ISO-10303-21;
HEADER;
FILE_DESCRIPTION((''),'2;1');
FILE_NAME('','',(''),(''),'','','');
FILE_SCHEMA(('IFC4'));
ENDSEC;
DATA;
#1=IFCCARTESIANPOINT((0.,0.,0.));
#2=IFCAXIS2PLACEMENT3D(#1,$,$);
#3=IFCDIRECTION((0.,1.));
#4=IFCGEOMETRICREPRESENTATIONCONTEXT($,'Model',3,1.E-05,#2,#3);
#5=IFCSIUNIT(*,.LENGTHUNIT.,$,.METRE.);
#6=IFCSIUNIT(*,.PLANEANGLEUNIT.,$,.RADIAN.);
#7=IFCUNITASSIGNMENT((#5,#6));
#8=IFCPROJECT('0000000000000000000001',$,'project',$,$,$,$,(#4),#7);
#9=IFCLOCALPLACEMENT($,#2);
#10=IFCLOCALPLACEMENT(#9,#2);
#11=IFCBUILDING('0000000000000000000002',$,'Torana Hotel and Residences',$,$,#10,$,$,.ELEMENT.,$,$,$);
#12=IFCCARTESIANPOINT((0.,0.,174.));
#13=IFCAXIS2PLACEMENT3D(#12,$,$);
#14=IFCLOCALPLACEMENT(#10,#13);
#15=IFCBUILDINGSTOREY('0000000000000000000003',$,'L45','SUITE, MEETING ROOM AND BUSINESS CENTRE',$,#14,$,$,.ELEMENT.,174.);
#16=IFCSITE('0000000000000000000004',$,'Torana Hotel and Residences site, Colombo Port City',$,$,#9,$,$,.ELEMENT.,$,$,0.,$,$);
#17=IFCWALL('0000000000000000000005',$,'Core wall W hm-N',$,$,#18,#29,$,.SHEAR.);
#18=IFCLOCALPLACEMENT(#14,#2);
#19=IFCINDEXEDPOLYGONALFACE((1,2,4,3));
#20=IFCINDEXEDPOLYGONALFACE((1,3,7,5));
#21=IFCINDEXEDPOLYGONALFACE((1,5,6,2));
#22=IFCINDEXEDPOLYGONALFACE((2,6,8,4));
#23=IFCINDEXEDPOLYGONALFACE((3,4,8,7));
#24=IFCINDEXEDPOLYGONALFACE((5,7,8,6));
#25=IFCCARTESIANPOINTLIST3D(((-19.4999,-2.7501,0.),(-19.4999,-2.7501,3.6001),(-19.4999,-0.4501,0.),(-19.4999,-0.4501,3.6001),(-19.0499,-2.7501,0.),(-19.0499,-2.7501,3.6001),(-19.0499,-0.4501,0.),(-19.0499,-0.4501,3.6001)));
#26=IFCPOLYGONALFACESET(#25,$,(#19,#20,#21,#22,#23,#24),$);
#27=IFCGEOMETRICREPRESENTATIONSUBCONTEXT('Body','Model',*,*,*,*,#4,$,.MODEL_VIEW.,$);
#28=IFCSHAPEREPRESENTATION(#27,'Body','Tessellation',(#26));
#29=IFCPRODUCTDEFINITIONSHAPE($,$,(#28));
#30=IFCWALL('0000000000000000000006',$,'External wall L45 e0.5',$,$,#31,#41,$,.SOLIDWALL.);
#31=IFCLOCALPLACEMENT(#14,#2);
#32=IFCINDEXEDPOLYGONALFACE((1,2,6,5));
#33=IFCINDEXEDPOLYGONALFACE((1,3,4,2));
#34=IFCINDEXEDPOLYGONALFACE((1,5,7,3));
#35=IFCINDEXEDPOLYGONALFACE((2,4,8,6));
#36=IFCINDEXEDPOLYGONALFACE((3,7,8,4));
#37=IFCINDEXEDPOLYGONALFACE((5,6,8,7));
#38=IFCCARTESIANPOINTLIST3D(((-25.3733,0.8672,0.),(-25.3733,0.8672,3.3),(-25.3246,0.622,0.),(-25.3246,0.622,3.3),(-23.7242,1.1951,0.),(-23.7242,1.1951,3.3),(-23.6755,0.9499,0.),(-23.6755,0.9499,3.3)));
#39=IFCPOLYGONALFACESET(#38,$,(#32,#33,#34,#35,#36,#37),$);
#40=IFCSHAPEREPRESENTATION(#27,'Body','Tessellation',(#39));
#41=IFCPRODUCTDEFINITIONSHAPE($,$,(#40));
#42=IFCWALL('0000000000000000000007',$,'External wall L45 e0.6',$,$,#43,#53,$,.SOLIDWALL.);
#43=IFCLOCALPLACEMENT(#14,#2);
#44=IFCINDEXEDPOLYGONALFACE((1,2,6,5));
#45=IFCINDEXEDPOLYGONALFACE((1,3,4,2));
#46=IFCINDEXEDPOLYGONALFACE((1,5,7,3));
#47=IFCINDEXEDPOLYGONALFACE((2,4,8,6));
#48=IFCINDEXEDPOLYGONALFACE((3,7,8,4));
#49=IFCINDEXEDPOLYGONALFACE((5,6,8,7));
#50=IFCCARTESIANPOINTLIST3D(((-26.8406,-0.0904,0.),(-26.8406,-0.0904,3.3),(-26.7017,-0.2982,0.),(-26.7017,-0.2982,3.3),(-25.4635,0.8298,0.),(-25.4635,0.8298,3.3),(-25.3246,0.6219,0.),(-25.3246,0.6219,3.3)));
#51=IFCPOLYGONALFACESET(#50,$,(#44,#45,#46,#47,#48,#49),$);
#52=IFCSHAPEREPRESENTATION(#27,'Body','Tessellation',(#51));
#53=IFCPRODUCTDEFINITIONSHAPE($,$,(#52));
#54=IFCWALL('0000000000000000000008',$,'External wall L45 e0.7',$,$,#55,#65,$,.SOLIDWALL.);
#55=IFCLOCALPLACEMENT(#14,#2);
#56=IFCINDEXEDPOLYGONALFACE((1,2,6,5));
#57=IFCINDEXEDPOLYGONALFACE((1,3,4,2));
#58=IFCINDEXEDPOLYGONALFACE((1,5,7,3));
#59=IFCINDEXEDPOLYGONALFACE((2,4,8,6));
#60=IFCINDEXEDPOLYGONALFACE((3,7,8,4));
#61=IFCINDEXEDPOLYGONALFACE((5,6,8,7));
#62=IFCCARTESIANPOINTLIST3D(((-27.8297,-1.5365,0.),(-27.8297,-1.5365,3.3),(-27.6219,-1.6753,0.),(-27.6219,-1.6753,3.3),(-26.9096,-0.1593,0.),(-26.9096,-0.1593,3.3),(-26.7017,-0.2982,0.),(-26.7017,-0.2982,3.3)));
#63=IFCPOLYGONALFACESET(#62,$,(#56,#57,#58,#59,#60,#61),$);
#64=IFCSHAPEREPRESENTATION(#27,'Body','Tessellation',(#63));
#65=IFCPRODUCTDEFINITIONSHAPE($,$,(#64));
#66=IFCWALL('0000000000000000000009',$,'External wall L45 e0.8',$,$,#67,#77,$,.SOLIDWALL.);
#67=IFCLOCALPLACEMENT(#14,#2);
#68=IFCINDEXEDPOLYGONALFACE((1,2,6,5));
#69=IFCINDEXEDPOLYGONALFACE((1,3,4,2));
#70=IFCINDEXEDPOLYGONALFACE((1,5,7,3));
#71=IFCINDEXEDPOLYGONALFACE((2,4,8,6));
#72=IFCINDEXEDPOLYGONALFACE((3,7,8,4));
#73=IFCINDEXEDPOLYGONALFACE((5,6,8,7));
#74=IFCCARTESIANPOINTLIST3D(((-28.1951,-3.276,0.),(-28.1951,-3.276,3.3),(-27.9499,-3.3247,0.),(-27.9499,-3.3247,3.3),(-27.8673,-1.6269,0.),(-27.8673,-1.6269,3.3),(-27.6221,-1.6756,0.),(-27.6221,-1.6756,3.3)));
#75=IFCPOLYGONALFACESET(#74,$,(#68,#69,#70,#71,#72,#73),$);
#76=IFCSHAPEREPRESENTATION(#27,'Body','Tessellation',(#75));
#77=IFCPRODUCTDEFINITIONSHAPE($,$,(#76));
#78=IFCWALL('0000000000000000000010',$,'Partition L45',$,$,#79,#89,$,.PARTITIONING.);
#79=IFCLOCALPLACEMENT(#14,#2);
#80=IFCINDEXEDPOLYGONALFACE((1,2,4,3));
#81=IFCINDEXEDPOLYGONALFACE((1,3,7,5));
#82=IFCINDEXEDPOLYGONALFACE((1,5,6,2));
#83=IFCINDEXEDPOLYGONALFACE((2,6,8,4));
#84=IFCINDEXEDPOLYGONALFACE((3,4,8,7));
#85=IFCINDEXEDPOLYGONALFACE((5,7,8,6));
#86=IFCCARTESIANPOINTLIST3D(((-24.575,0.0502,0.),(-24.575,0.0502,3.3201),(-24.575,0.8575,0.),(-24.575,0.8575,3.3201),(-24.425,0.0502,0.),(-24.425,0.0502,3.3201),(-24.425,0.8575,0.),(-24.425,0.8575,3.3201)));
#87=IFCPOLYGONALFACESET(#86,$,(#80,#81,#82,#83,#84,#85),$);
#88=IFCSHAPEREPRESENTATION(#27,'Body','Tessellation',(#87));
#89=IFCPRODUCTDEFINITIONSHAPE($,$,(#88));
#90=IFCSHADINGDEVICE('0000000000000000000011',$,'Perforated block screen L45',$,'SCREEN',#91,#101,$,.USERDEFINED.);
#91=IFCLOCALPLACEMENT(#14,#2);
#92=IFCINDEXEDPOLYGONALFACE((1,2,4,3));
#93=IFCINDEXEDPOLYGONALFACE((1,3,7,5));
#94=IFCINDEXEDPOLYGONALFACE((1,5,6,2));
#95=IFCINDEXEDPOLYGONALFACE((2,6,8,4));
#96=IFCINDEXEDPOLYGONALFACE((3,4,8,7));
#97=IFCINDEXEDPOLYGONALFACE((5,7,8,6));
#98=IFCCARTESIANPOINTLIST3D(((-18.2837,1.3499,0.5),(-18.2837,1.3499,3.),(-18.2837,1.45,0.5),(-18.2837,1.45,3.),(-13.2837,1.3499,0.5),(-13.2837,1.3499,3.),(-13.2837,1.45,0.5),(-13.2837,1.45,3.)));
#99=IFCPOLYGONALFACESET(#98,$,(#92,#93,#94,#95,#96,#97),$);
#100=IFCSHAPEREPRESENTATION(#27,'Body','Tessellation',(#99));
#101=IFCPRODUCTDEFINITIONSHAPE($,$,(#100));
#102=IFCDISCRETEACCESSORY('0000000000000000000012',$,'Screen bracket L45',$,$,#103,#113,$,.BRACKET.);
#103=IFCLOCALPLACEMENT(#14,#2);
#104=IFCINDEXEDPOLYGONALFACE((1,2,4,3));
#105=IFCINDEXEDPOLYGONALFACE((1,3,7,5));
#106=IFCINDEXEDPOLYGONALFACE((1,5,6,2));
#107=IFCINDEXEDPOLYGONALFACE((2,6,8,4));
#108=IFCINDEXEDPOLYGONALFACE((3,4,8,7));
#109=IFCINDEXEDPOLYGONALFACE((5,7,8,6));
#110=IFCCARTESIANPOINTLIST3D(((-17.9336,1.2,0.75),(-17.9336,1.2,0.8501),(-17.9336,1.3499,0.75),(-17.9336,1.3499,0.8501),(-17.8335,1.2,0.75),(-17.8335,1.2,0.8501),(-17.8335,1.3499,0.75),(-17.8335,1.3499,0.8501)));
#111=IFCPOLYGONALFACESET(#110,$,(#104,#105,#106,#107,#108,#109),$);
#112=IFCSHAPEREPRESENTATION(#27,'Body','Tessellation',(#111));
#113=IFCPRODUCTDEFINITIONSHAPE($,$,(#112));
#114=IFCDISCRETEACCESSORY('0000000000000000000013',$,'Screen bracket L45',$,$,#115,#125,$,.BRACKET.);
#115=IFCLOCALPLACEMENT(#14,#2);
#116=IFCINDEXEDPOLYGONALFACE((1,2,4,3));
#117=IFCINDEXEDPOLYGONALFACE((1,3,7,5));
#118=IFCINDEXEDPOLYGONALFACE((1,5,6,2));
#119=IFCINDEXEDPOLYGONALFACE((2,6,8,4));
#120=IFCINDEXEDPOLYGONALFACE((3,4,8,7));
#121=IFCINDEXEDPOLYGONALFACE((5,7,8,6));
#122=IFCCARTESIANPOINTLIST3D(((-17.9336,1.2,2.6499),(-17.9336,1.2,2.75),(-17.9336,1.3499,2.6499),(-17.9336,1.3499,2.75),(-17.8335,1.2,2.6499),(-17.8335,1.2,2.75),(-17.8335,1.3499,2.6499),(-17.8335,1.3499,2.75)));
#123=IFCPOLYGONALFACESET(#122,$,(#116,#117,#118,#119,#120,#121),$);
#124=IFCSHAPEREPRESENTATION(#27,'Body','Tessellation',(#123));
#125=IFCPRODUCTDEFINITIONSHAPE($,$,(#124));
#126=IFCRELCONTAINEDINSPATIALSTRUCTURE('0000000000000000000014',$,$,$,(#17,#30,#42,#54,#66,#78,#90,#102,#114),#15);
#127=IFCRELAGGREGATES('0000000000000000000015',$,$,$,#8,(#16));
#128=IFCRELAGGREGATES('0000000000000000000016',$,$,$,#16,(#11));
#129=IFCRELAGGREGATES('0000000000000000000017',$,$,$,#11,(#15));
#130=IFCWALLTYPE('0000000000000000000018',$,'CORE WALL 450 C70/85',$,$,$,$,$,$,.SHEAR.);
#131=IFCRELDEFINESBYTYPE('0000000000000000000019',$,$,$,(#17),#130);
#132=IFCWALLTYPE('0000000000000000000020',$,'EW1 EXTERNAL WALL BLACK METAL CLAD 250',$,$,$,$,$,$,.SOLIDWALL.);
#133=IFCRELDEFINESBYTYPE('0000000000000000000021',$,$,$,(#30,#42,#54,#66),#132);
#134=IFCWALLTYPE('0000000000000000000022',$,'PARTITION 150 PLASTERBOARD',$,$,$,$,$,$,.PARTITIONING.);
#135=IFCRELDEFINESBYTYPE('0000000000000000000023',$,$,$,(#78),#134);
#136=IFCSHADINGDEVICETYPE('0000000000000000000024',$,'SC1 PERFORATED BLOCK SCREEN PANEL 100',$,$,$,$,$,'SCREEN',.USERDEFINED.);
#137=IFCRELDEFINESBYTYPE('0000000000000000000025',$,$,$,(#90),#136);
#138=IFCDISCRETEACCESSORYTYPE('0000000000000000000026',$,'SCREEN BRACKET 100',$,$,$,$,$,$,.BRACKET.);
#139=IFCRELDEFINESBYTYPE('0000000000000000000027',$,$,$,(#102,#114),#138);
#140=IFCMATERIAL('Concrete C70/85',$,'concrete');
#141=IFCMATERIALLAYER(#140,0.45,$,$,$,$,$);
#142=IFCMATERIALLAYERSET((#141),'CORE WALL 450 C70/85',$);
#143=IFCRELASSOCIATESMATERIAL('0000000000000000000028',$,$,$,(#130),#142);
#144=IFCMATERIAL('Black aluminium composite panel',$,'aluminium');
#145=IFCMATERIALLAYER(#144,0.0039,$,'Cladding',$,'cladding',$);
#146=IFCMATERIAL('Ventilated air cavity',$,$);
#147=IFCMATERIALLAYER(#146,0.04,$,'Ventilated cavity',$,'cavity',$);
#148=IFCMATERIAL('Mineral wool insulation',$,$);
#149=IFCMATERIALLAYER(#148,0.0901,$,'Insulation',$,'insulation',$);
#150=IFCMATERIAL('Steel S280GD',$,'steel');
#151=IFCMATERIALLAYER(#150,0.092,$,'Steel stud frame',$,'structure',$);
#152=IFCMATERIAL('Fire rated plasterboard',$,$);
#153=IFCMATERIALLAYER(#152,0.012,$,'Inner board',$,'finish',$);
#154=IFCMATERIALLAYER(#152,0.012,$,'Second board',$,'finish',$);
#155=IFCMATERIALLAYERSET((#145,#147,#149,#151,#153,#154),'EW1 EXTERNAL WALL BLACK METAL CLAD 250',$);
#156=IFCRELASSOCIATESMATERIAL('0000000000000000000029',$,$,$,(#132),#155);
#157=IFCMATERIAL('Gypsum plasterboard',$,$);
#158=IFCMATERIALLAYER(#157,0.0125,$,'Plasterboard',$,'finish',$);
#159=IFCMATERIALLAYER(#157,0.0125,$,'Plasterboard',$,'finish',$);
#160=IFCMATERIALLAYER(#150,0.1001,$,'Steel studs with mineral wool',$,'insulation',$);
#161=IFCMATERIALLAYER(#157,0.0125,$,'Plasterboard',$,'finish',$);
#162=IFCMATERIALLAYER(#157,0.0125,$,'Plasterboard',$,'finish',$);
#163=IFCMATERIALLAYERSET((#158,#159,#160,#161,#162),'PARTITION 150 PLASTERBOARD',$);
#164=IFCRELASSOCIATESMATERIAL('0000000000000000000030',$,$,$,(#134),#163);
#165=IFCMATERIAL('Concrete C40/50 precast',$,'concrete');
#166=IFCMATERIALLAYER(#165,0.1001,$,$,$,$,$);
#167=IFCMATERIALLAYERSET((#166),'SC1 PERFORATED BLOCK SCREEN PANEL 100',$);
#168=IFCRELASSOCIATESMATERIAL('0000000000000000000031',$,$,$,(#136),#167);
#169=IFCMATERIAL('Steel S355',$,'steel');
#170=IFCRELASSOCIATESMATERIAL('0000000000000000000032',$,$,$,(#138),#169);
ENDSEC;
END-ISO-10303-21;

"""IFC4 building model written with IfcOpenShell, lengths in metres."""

from ifc_helpers import new_model, si_unit, direction, frame, frame_2d, origin, origin_2d, place, context, subcontext, project, spatial, rectangle, extrude, material, layer, layer_set, type_object, element, save


model = new_model("IFC4")

# Units and contexts
model_context = context("Model", 3, precision=1e-05, world=origin(), true_north=direction((0.0, 1.0)))
body_context = subcontext(model_context, "Body", "Model", "MODEL_VIEW")
ifc_project = project(units=[si_unit("LENGTHUNIT", "METRE"), si_unit("PLANEANGLEUNIT", "RADIAN")], contexts=[model_context])

# Site, building, storey
site_placement = place(None, origin())
site = spatial("IfcSite", under=ifc_project, at=site_placement, Name="Torana Hotel and Residences site, Colombo Port City", CompositionType="ELEMENT", RefElevation=0.0)
building_placement = place(site_placement, origin())
building = spatial("IfcBuilding", under=site, at=building_placement, Name="Torana Hotel and Residences", CompositionType="ELEMENT")
storey_placement = place(building_placement, frame((0.0, 0.0, 174.0)))
storey = spatial("IfcBuildingStorey", under=building, at=storey_placement, Name="L45", Description="SUITE, MEETING ROOM AND BUSINESS CENTRE", CompositionType="ELEMENT", Elevation=174.0)

# Walls
ifc_material_1 = material(Name="Concrete C70/85", Category="concrete")
ifc_layer_1 = layer(ifc_material_1, 0.45)
ifc_layer_set_1 = layer_set([ifc_layer_1], Name="CORE WALL 450 C70/85")
wall_type_1 = type_object("IfcWallType", Name="CORE WALL 450 C70/85", PredefinedType="SHEAR", material=ifc_layer_set_1)
wall_1_placement = place(storey_placement, frame((-19.2749, -2.75, 0.0), z_axis=(0.0, 0.0, 1.0), x_axis=(0.0, 1.0, 0.0)))
element("IfcWall", 1, at=wall_1_placement, inside=storey, type_object=wall_type_1, Name="Core wall W hm-N", PredefinedType="SHEAR", context=body_context, shape_type="SweptSolid", body=[
    extrude(rectangle(XDim=2.3, YDim=0.45, at=frame_2d((1.1499, 0.0))), origin(), (0.0, 0.0, 1.0), 3.6001),
])
ifc_material_2 = material(Name="Black aluminium composite panel", Category="aluminium")
ifc_layer_2 = layer(ifc_material_2, 0.0039, Name="Cladding", Category="cladding")
ifc_material_3 = material(Name="Ventilated air cavity")
ifc_layer_3 = layer(ifc_material_3, 0.04, Name="Ventilated cavity", Category="cavity")
ifc_material_4 = material(Name="Mineral wool insulation")
ifc_layer_4 = layer(ifc_material_4, 0.0901, Name="Insulation", Category="insulation")
ifc_material_5 = material(Name="Steel S280GD", Category="steel")
ifc_layer_5 = layer(ifc_material_5, 0.092, Name="Steel stud frame", Category="structure")
ifc_material_6 = material(Name="Fire rated plasterboard")
ifc_layer_6 = layer(ifc_material_6, 0.012, Name="Inner board", Category="finish")
ifc_layer_7 = layer(ifc_material_6, 0.012, Name="Second board", Category="finish")
ifc_layer_set_2 = layer_set([ifc_layer_2, ifc_layer_3, ifc_layer_4, ifc_layer_5, ifc_layer_6, ifc_layer_7], Name="EW1 EXTERNAL WALL BLACK METAL CLAD 250")
wall_type_2 = type_object("IfcWallType", Name="EW1 EXTERNAL WALL BLACK METAL CLAD 250", PredefinedType="SOLIDWALL", material=ifc_layer_set_2)
wall_2_placement = place(storey_placement, frame((-23.6997, 1.0725, 0.0), z_axis=(0.0, 0.0, 1.0), x_axis=(-0.980803, -0.194999, 0.0)))
element("IfcWall", 2, at=wall_2_placement, inside=storey, type_object=wall_type_2, Name="External wall L45 e0.5", PredefinedType="SOLIDWALL", context=body_context, shape_type="SweptSolid", body=[
    extrude(rectangle(XDim=1.6814, YDim=0.25, at=frame_2d((0.8408, 0.0))), origin(), (0.0, 0.0, 1.0), 3.3),
])
for number, where, z_axis, x_axis, name in (
    (3, (-25.394, 0.7258, 0.0), (0.0, 0.0, 1.0), (-0.831483, -0.55555, 0.0), "External wall L45 e0.6"),
    (4, (-26.8057, -0.2288, 0.0), (0.0, 0.0, 1.0), (-0.55555, -0.831483, 0.0), "External wall L45 e0.7"),
):
    element("IfcWall", number, at=place(storey_placement, frame(where, z_axis=z_axis, x_axis=x_axis)), inside=storey, type_object=wall_type_2, Name=name, PredefinedType="SOLIDWALL", context=body_context, shape_type="SweptSolid", body=[
        extrude(rectangle(XDim=1.6562, YDim=0.25, at=frame_2d((0.8281, 0.0))), origin(), (0.0, 0.0, 1.0), 3.3),
    ])
wall_3_placement = place(storey_placement, frame((-27.7446, -1.6511, 0.0), z_axis=(0.0, 0.0, 1.0), x_axis=(-0.194999, -0.980803, 0.0)))
element("IfcWall", 5, at=wall_3_placement, inside=storey, type_object=wall_type_2, Name="External wall L45 e0.8", PredefinedType="SOLIDWALL", context=body_context, shape_type="SweptSolid", body=[
    extrude(rectangle(XDim=1.6814, YDim=0.25, at=frame_2d((0.8408, 0.0))), origin(), (0.0, 0.0, 1.0), 3.3),
])

# Wall
ifc_material_7 = material(Name="Gypsum plasterboard")
ifc_layer_8 = layer(ifc_material_7, 0.0125, Name="Plasterboard", Category="finish")
ifc_layer_9 = layer(ifc_material_7, 0.0125, Name="Plasterboard", Category="finish")
ifc_layer_10 = layer(ifc_material_5, 0.1001, Name="Steel studs with mineral wool", Category="insulation")
ifc_layer_11 = layer(ifc_material_7, 0.0125, Name="Plasterboard", Category="finish")
ifc_layer_12 = layer(ifc_material_7, 0.0125, Name="Plasterboard", Category="finish")
ifc_layer_set_3 = layer_set([ifc_layer_8, ifc_layer_9, ifc_layer_10, ifc_layer_11, ifc_layer_12], Name="PARTITION 150 PLASTERBOARD")
wall_type_3 = type_object("IfcWallType", Name="PARTITION 150 PLASTERBOARD", PredefinedType="PARTITIONING", material=ifc_layer_set_3)
wall_4_placement = place(storey_placement, frame((-24.5, 0.05, 0.0), z_axis=(0.0, 0.0, 1.0), x_axis=(0.0, 1.0, 0.0)))
element("IfcWall", 6, at=wall_4_placement, inside=storey, type_object=wall_type_3, Name="Partition L45", PredefinedType="PARTITIONING", context=body_context, shape_type="SweptSolid", body=[
    extrude(rectangle(XDim=0.8074, YDim=0.1499, at=frame_2d((0.4038, 0.0))), origin(), (0.0, 0.0, 1.0), 3.3201),
])

# Shading device
ifc_material_8 = material(Name="Concrete C40/50 precast", Category="concrete")
ifc_layer_13 = layer(ifc_material_8, 0.1001)
ifc_layer_set_4 = layer_set([ifc_layer_13], Name="SC1 PERFORATED BLOCK SCREEN PANEL 100")
shading_device_type = type_object("IfcShadingDeviceType", Name="SC1 PERFORATED BLOCK SCREEN PANEL 100", ElementType="SCREEN", PredefinedType="USERDEFINED", material=ifc_layer_set_4)
shading_device_placement = place(storey_placement, frame((-15.7837, 1.3999, 0.5), z_axis=(0.0, 0.0, 1.0), x_axis=(-1.0, 0.0, 0.0)))
element("IfcShadingDevice", 7, at=shading_device_placement, inside=storey, type_object=shading_device_type, Name="Perforated block screen L45", ObjectType="SCREEN", PredefinedType="USERDEFINED", context=body_context, shape_type="SweptSolid", body=[
    extrude(rectangle(XDim=5.0, YDim=0.1001, at=origin_2d()), origin(), (0.0, 0.0, 1.0), 2.5),
])

# Discrete accessories
ifc_material_9 = material(Name="Steel S355", Category="steel")
discrete_accessory_type = type_object("IfcDiscreteAccessoryType", Name="SCREEN BRACKET 100", PredefinedType="BRACKET", material=ifc_material_9)
for number, where, z_axis, x_axis, name in (
    (8, (-17.8835, 1.2749, 0.75), (0.0, 0.0, 1.0), (-1.0, 0.0, 0.0), "Screen bracket L45"),
    (9, (-17.8835, 1.2749, 2.6499), (0.0, 0.0, 1.0), (-1.0, 0.0, 0.0), "Screen bracket L45"),
):
    element("IfcDiscreteAccessory", number, at=place(storey_placement, frame(where, z_axis=z_axis, x_axis=x_axis)), inside=storey, type_object=discrete_accessory_type, Name=name, PredefinedType="BRACKET", context=body_context, shape_type="SweptSolid", body=[
        extrude(rectangle(XDim=0.1001, YDim=0.1499, at=origin_2d()), origin(), (0.0, 0.0, 1.0), 0.1001),
    ])

save(model, "model.ifc")
